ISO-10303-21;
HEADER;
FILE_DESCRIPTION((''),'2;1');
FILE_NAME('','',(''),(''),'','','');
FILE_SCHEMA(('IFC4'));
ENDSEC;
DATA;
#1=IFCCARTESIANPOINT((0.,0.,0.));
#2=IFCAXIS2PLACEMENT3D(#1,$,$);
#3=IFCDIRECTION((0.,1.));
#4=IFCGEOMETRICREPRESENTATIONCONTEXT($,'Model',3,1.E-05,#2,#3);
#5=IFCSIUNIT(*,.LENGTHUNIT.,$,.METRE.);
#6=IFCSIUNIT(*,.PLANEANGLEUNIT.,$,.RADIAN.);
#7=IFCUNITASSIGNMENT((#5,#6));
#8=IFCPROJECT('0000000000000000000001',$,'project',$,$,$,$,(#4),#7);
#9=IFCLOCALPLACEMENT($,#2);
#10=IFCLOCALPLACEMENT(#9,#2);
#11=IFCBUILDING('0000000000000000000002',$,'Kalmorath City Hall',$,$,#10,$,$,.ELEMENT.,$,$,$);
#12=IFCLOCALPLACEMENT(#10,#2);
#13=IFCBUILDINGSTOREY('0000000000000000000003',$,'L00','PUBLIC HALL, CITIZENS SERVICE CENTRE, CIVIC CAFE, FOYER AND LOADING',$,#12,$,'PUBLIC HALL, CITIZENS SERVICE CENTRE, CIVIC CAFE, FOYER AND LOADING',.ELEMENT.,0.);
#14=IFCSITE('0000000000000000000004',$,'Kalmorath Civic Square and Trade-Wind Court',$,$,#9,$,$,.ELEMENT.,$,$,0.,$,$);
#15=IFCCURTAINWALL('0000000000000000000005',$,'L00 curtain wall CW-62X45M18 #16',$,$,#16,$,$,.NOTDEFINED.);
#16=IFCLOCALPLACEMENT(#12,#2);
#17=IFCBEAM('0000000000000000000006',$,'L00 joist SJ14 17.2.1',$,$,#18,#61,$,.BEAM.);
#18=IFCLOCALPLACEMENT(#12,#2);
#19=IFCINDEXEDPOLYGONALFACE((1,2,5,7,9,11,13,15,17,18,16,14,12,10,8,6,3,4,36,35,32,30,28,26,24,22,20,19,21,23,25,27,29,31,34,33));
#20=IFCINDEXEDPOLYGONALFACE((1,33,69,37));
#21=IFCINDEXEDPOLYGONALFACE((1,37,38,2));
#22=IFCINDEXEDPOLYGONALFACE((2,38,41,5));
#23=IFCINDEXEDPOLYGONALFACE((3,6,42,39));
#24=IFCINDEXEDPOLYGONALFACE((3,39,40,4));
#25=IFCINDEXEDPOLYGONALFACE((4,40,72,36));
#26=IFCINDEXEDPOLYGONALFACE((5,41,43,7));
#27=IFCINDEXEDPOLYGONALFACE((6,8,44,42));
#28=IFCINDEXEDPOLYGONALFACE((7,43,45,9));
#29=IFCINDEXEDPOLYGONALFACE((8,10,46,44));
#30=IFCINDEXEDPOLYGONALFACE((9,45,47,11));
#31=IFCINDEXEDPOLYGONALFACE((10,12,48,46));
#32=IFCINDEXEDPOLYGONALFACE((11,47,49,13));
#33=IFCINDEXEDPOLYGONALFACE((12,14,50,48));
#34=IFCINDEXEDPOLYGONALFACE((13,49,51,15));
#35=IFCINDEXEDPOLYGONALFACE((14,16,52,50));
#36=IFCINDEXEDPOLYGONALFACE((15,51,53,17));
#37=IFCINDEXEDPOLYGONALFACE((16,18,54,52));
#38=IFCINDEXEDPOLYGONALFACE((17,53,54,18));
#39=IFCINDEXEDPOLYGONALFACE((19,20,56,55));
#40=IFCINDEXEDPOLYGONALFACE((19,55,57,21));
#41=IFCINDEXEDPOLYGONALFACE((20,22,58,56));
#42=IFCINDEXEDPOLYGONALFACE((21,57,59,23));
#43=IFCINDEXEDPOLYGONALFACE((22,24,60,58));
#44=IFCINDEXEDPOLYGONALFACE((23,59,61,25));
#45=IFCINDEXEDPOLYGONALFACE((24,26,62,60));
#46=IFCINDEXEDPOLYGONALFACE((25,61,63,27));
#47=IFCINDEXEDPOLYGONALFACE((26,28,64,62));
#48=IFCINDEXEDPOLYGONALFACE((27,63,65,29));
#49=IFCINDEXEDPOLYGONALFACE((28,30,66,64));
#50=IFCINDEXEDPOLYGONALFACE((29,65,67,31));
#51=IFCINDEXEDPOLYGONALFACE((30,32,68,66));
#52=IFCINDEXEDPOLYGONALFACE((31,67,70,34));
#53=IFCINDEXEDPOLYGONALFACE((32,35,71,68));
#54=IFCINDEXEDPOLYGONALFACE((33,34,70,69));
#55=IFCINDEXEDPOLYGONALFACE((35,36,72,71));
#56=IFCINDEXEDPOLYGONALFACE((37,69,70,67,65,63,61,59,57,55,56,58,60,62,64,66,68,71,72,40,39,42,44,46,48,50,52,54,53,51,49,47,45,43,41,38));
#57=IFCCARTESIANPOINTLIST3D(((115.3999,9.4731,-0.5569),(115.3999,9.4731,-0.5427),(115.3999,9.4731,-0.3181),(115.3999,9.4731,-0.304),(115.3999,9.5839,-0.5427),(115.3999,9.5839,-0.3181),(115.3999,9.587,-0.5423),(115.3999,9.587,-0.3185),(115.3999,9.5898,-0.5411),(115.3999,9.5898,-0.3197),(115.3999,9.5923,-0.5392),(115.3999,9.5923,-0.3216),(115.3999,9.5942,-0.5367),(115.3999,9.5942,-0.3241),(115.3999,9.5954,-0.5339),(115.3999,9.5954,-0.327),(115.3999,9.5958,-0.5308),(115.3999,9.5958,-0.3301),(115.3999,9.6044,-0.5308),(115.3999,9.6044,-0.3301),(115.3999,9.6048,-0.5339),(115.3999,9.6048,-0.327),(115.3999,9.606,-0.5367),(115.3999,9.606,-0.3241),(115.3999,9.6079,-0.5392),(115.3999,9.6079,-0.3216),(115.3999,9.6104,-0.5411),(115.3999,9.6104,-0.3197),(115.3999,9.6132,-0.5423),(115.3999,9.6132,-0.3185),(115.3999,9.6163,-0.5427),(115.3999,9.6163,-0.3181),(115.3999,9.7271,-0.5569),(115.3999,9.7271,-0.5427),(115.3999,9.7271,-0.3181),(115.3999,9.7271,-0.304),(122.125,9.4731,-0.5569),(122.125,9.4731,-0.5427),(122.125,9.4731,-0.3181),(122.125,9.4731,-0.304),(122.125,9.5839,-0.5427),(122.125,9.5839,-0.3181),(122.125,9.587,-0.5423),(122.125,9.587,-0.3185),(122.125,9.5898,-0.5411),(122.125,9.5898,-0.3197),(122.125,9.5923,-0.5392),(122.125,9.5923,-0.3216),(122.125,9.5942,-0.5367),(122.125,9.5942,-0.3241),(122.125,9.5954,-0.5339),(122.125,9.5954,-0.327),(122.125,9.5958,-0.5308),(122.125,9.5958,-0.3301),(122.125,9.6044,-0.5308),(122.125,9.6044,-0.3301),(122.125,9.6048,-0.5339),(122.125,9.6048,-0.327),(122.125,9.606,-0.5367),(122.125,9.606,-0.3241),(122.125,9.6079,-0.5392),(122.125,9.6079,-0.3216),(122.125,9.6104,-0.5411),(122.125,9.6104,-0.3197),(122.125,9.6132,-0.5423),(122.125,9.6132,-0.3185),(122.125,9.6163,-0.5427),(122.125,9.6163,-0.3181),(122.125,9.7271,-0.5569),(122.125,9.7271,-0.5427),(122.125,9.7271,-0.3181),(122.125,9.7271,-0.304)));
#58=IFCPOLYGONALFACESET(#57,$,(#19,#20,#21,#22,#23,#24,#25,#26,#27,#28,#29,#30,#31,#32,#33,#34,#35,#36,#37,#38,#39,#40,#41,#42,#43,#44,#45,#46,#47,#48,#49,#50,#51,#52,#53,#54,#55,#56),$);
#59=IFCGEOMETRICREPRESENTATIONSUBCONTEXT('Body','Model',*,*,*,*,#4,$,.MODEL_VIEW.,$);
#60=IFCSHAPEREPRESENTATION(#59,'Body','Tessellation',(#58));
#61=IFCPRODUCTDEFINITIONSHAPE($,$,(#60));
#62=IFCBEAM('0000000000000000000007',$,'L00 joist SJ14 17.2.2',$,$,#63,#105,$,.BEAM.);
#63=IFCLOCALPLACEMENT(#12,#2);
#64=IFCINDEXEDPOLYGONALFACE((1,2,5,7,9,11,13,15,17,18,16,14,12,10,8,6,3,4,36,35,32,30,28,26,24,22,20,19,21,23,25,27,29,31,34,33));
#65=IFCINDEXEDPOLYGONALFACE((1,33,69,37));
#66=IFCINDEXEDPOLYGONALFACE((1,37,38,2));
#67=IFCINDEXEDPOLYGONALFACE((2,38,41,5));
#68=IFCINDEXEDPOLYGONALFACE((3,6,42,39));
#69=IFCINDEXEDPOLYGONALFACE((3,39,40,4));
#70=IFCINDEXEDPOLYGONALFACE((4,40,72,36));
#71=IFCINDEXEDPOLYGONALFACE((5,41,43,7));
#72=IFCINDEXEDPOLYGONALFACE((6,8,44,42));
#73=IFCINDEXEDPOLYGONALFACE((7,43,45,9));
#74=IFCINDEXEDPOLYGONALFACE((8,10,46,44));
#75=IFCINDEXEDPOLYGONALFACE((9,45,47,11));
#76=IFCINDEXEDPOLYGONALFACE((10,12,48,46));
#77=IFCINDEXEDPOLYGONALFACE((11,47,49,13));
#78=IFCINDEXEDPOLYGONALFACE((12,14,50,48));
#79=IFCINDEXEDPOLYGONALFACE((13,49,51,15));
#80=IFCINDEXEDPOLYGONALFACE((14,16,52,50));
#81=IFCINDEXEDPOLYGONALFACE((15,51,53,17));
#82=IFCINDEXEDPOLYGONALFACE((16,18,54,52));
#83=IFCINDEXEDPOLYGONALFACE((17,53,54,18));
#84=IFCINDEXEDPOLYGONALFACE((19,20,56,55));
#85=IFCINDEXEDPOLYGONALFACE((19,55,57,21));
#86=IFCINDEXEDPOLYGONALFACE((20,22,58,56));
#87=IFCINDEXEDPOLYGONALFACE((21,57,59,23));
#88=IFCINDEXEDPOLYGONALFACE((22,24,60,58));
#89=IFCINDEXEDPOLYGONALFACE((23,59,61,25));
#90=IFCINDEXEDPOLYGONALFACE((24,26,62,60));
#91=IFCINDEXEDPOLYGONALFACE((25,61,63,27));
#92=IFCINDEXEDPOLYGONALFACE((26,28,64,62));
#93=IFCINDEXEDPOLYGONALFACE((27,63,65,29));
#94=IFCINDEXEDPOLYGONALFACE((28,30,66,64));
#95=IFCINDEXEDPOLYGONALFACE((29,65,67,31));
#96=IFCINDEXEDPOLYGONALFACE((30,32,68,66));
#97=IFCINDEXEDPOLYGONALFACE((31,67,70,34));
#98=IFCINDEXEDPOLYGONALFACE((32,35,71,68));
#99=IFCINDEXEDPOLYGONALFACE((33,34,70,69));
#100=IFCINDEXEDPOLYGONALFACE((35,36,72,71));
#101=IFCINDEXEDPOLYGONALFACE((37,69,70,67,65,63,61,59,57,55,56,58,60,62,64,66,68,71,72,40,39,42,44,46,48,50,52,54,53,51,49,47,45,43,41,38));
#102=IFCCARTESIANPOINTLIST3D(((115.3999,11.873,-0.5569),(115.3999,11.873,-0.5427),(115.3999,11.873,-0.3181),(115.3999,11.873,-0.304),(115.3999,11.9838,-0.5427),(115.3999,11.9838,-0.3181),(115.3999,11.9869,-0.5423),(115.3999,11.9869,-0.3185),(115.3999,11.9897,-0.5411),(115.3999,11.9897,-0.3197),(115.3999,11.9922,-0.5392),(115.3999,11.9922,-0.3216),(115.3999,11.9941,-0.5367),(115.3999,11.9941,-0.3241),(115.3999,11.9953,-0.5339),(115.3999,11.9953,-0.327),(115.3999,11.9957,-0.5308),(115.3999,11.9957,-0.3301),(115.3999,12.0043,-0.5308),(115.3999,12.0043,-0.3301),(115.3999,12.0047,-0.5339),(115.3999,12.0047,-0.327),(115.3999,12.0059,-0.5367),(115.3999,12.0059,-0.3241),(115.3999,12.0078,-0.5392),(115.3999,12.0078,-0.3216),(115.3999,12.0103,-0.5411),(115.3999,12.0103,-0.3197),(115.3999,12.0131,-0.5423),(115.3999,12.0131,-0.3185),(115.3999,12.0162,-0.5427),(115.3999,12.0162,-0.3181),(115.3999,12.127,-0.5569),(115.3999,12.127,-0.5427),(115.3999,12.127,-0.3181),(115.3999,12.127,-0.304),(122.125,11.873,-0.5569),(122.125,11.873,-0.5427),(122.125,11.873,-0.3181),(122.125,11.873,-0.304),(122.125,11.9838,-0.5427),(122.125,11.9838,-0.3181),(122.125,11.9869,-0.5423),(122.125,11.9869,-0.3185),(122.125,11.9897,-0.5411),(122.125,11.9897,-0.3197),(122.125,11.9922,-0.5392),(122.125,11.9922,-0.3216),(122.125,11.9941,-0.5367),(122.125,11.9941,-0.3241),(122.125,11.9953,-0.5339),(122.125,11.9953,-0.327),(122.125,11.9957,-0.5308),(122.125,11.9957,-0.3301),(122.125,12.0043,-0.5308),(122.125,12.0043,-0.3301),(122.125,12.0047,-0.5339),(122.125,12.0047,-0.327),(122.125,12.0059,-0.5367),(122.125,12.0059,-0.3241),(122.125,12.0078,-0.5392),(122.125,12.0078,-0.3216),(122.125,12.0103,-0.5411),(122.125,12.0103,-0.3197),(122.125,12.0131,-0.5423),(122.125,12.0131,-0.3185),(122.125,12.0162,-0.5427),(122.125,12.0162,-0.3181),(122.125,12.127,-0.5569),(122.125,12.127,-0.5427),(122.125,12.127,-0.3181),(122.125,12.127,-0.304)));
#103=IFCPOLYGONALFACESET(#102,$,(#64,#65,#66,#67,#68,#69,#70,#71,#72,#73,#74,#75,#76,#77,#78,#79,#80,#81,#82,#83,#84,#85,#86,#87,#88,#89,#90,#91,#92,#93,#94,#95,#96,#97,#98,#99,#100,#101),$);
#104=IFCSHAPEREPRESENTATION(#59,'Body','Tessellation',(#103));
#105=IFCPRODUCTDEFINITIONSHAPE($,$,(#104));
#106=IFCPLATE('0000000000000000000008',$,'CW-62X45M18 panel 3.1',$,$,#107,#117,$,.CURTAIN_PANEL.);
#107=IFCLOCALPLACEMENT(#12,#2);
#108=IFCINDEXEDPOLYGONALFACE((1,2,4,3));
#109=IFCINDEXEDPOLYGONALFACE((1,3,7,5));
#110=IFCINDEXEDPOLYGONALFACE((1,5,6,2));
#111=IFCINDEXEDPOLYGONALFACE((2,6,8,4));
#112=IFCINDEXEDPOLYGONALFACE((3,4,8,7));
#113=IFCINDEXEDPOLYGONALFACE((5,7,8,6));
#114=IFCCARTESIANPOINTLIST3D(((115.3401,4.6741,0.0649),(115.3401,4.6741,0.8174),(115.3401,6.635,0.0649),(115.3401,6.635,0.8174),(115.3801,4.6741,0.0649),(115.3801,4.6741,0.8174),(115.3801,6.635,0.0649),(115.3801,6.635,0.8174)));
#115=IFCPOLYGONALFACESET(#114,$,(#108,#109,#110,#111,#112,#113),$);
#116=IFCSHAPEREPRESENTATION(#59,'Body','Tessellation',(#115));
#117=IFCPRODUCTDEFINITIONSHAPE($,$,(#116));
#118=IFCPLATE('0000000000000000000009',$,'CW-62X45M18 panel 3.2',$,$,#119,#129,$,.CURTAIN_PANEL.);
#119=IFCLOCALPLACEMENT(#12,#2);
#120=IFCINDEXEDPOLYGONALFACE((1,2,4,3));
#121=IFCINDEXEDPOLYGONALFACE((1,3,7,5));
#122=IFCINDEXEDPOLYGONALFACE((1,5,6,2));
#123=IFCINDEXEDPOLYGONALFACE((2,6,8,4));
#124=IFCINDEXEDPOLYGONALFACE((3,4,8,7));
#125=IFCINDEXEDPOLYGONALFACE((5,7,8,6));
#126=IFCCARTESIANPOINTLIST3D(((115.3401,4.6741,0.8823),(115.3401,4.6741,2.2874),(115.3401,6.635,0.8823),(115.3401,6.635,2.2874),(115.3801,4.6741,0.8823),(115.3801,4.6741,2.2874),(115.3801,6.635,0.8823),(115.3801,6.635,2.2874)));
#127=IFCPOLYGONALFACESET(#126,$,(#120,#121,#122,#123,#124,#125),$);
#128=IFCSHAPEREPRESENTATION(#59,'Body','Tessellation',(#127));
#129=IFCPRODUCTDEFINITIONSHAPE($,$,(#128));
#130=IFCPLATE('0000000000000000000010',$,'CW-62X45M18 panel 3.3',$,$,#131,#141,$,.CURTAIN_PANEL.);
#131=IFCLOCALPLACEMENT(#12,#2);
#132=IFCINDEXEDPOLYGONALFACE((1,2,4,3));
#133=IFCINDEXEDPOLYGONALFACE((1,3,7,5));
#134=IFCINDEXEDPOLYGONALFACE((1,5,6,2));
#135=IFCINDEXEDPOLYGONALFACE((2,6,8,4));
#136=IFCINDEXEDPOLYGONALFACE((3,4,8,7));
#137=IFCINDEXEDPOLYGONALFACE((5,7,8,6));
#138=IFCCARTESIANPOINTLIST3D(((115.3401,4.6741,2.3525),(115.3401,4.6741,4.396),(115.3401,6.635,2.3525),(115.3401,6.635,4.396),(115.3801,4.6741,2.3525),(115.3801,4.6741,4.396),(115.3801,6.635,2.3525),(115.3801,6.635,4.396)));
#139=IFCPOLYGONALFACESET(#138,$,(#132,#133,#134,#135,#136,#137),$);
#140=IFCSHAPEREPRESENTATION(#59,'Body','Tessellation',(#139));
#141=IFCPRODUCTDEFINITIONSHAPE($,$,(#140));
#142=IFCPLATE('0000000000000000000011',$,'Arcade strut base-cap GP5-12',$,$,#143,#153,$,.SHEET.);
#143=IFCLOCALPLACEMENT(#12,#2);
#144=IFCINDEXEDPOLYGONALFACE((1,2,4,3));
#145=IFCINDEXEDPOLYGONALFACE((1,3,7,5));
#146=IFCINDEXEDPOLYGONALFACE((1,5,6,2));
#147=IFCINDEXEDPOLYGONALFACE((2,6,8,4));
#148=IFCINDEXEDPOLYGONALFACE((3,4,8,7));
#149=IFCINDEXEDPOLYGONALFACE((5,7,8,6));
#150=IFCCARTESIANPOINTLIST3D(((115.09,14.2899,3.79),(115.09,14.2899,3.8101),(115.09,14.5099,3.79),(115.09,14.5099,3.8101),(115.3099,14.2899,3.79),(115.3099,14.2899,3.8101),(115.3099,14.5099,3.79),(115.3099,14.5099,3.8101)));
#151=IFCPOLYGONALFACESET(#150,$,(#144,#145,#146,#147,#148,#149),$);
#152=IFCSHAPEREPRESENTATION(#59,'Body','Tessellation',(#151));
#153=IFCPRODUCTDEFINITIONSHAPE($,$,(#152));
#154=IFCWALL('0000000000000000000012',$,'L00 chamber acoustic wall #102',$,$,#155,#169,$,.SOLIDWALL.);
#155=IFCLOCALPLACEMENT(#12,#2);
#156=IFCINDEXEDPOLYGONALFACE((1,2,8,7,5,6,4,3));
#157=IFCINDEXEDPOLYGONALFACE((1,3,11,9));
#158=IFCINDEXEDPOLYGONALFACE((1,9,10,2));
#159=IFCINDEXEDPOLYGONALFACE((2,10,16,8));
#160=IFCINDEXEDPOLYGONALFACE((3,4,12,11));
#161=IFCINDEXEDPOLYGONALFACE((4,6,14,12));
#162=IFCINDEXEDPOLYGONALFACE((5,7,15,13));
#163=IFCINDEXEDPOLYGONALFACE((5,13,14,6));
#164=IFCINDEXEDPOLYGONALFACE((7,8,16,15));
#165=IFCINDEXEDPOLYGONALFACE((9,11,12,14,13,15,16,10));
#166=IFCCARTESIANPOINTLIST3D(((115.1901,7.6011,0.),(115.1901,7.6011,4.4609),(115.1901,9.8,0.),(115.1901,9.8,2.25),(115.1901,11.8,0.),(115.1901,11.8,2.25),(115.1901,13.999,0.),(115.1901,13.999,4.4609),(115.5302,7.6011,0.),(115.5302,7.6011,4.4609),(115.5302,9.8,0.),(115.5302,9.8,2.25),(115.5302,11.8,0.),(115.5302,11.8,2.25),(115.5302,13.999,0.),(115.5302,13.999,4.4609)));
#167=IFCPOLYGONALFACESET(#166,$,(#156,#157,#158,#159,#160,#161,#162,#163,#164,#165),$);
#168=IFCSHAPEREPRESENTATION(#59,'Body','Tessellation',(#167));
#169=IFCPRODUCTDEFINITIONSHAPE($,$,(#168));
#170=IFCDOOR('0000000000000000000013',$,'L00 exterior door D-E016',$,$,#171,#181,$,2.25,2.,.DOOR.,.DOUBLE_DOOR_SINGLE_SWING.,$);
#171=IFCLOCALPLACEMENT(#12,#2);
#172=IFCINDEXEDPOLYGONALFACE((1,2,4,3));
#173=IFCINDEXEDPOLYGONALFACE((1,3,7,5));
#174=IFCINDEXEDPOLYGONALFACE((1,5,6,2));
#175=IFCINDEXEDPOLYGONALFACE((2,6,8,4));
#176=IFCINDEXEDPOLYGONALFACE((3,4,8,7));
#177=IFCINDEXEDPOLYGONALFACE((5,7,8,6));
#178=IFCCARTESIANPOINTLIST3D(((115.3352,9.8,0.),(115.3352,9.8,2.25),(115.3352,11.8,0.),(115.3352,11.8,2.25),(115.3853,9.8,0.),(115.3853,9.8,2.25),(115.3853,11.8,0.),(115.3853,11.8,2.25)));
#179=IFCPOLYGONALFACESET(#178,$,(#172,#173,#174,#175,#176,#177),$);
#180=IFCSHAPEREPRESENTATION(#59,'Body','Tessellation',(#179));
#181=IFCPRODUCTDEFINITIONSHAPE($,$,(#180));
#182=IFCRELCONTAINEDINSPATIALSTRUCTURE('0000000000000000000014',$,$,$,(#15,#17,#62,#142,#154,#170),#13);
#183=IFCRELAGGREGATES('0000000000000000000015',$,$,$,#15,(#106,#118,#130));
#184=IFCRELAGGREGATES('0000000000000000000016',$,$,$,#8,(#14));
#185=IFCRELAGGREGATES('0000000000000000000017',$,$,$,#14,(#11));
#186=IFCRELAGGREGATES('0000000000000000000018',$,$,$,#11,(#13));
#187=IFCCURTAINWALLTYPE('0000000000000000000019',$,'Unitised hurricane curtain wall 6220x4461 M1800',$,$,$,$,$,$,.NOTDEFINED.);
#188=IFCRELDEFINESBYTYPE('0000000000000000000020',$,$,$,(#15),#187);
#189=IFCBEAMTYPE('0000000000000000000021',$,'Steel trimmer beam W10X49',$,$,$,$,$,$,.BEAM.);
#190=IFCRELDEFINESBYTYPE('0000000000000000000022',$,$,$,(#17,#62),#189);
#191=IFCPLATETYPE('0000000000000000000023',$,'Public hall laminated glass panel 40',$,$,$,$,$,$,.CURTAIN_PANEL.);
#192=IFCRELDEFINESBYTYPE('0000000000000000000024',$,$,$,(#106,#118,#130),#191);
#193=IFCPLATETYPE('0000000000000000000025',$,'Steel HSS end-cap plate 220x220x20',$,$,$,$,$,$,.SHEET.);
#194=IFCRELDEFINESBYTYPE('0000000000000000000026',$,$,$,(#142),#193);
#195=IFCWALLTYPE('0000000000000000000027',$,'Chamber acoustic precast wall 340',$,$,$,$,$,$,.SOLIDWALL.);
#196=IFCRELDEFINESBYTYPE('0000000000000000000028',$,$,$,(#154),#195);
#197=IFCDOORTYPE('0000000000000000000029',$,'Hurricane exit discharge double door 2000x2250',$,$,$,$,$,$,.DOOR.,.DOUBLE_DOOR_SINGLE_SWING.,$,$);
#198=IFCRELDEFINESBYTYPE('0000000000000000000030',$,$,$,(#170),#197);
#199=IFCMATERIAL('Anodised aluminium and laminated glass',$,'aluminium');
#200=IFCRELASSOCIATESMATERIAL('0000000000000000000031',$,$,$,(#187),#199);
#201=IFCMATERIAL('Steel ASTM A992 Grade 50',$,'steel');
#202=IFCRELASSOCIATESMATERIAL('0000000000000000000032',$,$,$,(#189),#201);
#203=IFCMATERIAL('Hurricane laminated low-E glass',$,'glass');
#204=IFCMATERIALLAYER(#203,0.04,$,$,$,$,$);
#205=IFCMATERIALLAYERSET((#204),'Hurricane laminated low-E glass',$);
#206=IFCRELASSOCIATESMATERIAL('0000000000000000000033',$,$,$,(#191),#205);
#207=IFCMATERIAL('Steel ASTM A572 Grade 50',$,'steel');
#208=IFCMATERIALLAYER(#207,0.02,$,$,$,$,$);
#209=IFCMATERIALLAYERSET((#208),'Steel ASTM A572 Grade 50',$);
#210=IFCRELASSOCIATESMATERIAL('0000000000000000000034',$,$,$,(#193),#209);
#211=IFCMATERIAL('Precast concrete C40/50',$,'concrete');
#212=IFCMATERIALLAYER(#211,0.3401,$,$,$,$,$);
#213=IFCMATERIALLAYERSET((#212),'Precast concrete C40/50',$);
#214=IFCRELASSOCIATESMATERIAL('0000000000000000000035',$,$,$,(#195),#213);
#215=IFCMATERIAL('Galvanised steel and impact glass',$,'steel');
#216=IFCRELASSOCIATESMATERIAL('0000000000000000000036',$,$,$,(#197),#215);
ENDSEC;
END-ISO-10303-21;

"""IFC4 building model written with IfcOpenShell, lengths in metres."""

from ifc_helpers import new_model, si_unit, direction, frame, frame_2d, origin, origin_2d, place, context, subcontext, project, spatial, rectangle, i_section, extrude, material, layer, layer_set, material_profile, profile_set, type_object, element, fill, aggregate, save


model = new_model("IFC4")

# Units and contexts
model_context = context("Model", 3, precision=1e-05, world=origin(), true_north=direction((0.0, 1.0)))
body_context = subcontext(model_context, "Body", "Model", "MODEL_VIEW")
ifc_project = project(units=[si_unit("LENGTHUNIT", "METRE"), si_unit("PLANEANGLEUNIT", "RADIAN")], contexts=[model_context])

# Site, building, storey
site_placement = place(None, origin())
site = spatial("IfcSite", under=ifc_project, at=site_placement, Name="Kalmorath Civic Square and Trade-Wind Court", CompositionType="ELEMENT", RefElevation=0.0)
building_placement = place(site_placement, origin())
building = spatial("IfcBuilding", under=site, at=building_placement, Name="Kalmorath City Hall", CompositionType="ELEMENT")
storey_placement = place(building_placement, origin())
storey = spatial("IfcBuildingStorey", under=building, at=storey_placement, Name="L00", Description="PUBLIC HALL, CITIZENS SERVICE CENTRE, CIVIC CAFE, FOYER AND LOADING", LongName="PUBLIC HALL, CITIZENS SERVICE CENTRE, CIVIC CAFE, FOYER AND LOADING", CompositionType="ELEMENT", Elevation=0.0)

# Curtain wall
ifc_material_1 = material(Name="Anodised aluminium and laminated glass", Category="aluminium")
curtain_wall_type = type_object("IfcCurtainWallType", Name="Unitised hurricane curtain wall 6220x4461 M1800", PredefinedType="NOTDEFINED", material=ifc_material_1)
curtain_wall_1_placement = place(storey_placement, origin())
curtain_wall_1 = element("IfcCurtainWall", 1, at=curtain_wall_1_placement, inside=storey, type_object=curtain_wall_type, Name="L00 curtain wall CW-62X45M18 #16", PredefinedType="NOTDEFINED")

# Beams
ifc_material_2 = material(Name="Steel ASTM A992 Grade 50", Category="steel")
ifc_material_profile_1 = material_profile(ifc_material_2, i_section(OverallWidth=0.2539, OverallDepth=0.2529, WebThickness=0.0085, FlangeThickness=0.0142, FilletRadius=0.012, at=origin_2d()), Name="W10X49")
ifc_profile_set_1 = profile_set([ifc_material_profile_1], Name="Steel ASTM A992 Grade 50")
beam_type_1 = type_object("IfcBeamType", Name="Steel trimmer beam W10X49", PredefinedType="BEAM", material=ifc_profile_set_1)
for number, where, z_axis, x_axis, name in (
    (2, (115.3999, 9.6001, -0.4304), (1.0, 0.0, 0.0), (0.0, 1.0, 0.0), "L00 joist SJ14 17.2.1"),
    (3, (115.3999, 12.0, -0.4304), (1.0, 0.0, 0.0), (0.0, 1.0, 0.0), "L00 joist SJ14 17.2.2"),
):
    element("IfcBeam", number, at=place(storey_placement, frame(where, z_axis=z_axis, x_axis=x_axis)), inside=storey, type_object=beam_type_1, Name=name, PredefinedType="BEAM", context=body_context, shape_type="SweptSolid", body=[
        extrude(i_section(OverallWidth=0.2539, OverallDepth=0.2529, WebThickness=0.0085, FlangeThickness=0.0142, FilletRadius=0.012, at=origin_2d()), origin(), (0.0, 0.0, 1.0), 6.7251),
    ])

# Plates
ifc_material_3 = material(Name="Hurricane laminated low-E glass", Category="glass")
ifc_layer_1 = layer(ifc_material_3, 0.04)
ifc_layer_set_1 = layer_set([ifc_layer_1], Name="Hurricane laminated low-E glass")
plate_type_1 = type_object("IfcPlateType", Name="Public hall laminated glass panel 40", PredefinedType="CURTAIN_PANEL", material=ifc_layer_set_1)
plate_1_placement = place(storey_placement, frame((115.3601, 5.6545, 0.0649), z_axis=(0.0, 0.0, 1.0), x_axis=(0.0, 1.0, 0.0)))
plate_1 = element("IfcPlate", 4, at=plate_1_placement, type_object=plate_type_1, Name="CW-62X45M18 panel 3.1", PredefinedType="CURTAIN_PANEL", context=body_context, shape_type="SweptSolid", body=[
    extrude(rectangle(XDim=1.9609, YDim=0.04, at=origin_2d()), origin(), (0.0, 0.0, 1.0), 0.7524),
])
plate_2_placement = place(storey_placement, frame((115.3601, 5.6545, 0.8823), z_axis=(0.0, 0.0, 1.0), x_axis=(0.0, 1.0, 0.0)))
plate_2 = element("IfcPlate", 5, at=plate_2_placement, type_object=plate_type_1, Name="CW-62X45M18 panel 3.2", PredefinedType="CURTAIN_PANEL", context=body_context, shape_type="SweptSolid", body=[
    extrude(rectangle(XDim=1.9609, YDim=0.04, at=origin_2d()), origin(), (0.0, 0.0, 1.0), 1.405),
])
plate_3_placement = place(storey_placement, frame((115.3601, 5.6545, 2.3525), z_axis=(0.0, 0.0, 1.0), x_axis=(0.0, 1.0, 0.0)))
plate_3 = element("IfcPlate", 6, at=plate_3_placement, type_object=plate_type_1, Name="CW-62X45M18 panel 3.3", PredefinedType="CURTAIN_PANEL", context=body_context, shape_type="SweptSolid", body=[
    extrude(rectangle(XDim=1.9609, YDim=0.04, at=origin_2d()), origin(), (0.0, 0.0, 1.0), 2.0435),
])
aggregate(curtain_wall_1, [plate_1, plate_2, plate_3])
ifc_material_4 = material(Name="Steel ASTM A572 Grade 50", Category="steel")
ifc_layer_2 = layer(ifc_material_4, 0.02)
ifc_layer_set_2 = layer_set([ifc_layer_2], Name="Steel ASTM A572 Grade 50")
plate_type_2 = type_object("IfcPlateType", Name="Steel HSS end-cap plate 220x220x20", PredefinedType="SHEET", material=ifc_layer_set_2)
plate_4_placement = place(storey_placement, frame((115.2, 14.3999, 3.79), z_axis=(0.0, 0.0, 1.0), x_axis=(1.0, 0.0, 0.0)))
element("IfcPlate", 7, at=plate_4_placement, inside=storey, type_object=plate_type_2, Name="Arcade strut base-cap GP5-12", PredefinedType="SHEET", context=body_context, shape_type="SweptSolid", body=[
    extrude(rectangle(XDim=0.22, YDim=0.22, at=origin_2d()), origin(), (0.0, 0.0, 1.0), 0.02),
])

# Wall, opening, door
ifc_material_5 = material(Name="Precast concrete C40/50", Category="concrete")
ifc_layer_3 = layer(ifc_material_5, 0.3401)
ifc_layer_set_3 = layer_set([ifc_layer_3], Name="Precast concrete C40/50")
wall_type_1 = type_object("IfcWallType", Name="Chamber acoustic precast wall 340", PredefinedType="SOLIDWALL", material=ifc_layer_set_3)
wall_1_placement = place(storey_placement, frame((115.3601, 7.6011, 0.0), z_axis=(0.0, 0.0, 1.0), x_axis=(0.0, 1.0, 0.0)))
wall_1 = element("IfcWall", 8, at=wall_1_placement, inside=storey, type_object=wall_type_1, Name="L00 chamber acoustic wall #102", PredefinedType="SOLIDWALL", context=body_context, shape_type="SweptSolid", body=[
    extrude(rectangle(XDim=6.3979, YDim=0.3401, at=frame_2d((3.199, 0.0))), origin(), (0.0, 0.0, 1.0), 4.4609),
])
opening_1_placement = place(wall_1_placement, frame((2.199, 0.0, 0.0)))
opening_1 = element("IfcOpeningElement", 9, at=opening_1_placement, cuts=wall_1, PredefinedType="OPENING", context=body_context, shape_type="SweptSolid", body=[
    extrude(rectangle(XDim=2.0, YDim=2.25, at=frame_2d((1.0, 1.125))), frame((0.0, 0.1799, 0.0), z_axis=(0.0, -1.0, 0.0), x_axis=(1.0, 0.0, 0.0)), (0.0, 0.0, 1.0), 0.3601),
])
ifc_material_6 = material(Name="Galvanised steel and impact glass", Category="steel")
door_type_1 = type_object("IfcDoorType", Name="Hurricane exit discharge double door 2000x2250", OperationType="DOUBLE_DOOR_SINGLE_SWING", PredefinedType="DOOR", material=ifc_material_6)
door_1_placement = place(opening_1_placement, origin())
door_1 = element("IfcDoor", 10, at=door_1_placement, inside=storey, type_object=door_type_1, Name="L00 exterior door D-E016", OperationType="DOUBLE_DOOR_SINGLE_SWING", OverallHeight=2.25, OverallWidth=2.0, PredefinedType="DOOR", context=body_context, shape_type="SweptSolid", body=[
    extrude(rectangle(XDim=2.0, YDim=2.25, at=frame_2d((1.0, 1.125))), frame((0.0, 0.0249, 0.0), z_axis=(0.0, -1.0, 0.0), x_axis=(1.0, 0.0, 0.0)), (0.0, 0.0, 1.0), 0.05),
])
fill(opening_1, door_1)

save(model, "model.ifc")
